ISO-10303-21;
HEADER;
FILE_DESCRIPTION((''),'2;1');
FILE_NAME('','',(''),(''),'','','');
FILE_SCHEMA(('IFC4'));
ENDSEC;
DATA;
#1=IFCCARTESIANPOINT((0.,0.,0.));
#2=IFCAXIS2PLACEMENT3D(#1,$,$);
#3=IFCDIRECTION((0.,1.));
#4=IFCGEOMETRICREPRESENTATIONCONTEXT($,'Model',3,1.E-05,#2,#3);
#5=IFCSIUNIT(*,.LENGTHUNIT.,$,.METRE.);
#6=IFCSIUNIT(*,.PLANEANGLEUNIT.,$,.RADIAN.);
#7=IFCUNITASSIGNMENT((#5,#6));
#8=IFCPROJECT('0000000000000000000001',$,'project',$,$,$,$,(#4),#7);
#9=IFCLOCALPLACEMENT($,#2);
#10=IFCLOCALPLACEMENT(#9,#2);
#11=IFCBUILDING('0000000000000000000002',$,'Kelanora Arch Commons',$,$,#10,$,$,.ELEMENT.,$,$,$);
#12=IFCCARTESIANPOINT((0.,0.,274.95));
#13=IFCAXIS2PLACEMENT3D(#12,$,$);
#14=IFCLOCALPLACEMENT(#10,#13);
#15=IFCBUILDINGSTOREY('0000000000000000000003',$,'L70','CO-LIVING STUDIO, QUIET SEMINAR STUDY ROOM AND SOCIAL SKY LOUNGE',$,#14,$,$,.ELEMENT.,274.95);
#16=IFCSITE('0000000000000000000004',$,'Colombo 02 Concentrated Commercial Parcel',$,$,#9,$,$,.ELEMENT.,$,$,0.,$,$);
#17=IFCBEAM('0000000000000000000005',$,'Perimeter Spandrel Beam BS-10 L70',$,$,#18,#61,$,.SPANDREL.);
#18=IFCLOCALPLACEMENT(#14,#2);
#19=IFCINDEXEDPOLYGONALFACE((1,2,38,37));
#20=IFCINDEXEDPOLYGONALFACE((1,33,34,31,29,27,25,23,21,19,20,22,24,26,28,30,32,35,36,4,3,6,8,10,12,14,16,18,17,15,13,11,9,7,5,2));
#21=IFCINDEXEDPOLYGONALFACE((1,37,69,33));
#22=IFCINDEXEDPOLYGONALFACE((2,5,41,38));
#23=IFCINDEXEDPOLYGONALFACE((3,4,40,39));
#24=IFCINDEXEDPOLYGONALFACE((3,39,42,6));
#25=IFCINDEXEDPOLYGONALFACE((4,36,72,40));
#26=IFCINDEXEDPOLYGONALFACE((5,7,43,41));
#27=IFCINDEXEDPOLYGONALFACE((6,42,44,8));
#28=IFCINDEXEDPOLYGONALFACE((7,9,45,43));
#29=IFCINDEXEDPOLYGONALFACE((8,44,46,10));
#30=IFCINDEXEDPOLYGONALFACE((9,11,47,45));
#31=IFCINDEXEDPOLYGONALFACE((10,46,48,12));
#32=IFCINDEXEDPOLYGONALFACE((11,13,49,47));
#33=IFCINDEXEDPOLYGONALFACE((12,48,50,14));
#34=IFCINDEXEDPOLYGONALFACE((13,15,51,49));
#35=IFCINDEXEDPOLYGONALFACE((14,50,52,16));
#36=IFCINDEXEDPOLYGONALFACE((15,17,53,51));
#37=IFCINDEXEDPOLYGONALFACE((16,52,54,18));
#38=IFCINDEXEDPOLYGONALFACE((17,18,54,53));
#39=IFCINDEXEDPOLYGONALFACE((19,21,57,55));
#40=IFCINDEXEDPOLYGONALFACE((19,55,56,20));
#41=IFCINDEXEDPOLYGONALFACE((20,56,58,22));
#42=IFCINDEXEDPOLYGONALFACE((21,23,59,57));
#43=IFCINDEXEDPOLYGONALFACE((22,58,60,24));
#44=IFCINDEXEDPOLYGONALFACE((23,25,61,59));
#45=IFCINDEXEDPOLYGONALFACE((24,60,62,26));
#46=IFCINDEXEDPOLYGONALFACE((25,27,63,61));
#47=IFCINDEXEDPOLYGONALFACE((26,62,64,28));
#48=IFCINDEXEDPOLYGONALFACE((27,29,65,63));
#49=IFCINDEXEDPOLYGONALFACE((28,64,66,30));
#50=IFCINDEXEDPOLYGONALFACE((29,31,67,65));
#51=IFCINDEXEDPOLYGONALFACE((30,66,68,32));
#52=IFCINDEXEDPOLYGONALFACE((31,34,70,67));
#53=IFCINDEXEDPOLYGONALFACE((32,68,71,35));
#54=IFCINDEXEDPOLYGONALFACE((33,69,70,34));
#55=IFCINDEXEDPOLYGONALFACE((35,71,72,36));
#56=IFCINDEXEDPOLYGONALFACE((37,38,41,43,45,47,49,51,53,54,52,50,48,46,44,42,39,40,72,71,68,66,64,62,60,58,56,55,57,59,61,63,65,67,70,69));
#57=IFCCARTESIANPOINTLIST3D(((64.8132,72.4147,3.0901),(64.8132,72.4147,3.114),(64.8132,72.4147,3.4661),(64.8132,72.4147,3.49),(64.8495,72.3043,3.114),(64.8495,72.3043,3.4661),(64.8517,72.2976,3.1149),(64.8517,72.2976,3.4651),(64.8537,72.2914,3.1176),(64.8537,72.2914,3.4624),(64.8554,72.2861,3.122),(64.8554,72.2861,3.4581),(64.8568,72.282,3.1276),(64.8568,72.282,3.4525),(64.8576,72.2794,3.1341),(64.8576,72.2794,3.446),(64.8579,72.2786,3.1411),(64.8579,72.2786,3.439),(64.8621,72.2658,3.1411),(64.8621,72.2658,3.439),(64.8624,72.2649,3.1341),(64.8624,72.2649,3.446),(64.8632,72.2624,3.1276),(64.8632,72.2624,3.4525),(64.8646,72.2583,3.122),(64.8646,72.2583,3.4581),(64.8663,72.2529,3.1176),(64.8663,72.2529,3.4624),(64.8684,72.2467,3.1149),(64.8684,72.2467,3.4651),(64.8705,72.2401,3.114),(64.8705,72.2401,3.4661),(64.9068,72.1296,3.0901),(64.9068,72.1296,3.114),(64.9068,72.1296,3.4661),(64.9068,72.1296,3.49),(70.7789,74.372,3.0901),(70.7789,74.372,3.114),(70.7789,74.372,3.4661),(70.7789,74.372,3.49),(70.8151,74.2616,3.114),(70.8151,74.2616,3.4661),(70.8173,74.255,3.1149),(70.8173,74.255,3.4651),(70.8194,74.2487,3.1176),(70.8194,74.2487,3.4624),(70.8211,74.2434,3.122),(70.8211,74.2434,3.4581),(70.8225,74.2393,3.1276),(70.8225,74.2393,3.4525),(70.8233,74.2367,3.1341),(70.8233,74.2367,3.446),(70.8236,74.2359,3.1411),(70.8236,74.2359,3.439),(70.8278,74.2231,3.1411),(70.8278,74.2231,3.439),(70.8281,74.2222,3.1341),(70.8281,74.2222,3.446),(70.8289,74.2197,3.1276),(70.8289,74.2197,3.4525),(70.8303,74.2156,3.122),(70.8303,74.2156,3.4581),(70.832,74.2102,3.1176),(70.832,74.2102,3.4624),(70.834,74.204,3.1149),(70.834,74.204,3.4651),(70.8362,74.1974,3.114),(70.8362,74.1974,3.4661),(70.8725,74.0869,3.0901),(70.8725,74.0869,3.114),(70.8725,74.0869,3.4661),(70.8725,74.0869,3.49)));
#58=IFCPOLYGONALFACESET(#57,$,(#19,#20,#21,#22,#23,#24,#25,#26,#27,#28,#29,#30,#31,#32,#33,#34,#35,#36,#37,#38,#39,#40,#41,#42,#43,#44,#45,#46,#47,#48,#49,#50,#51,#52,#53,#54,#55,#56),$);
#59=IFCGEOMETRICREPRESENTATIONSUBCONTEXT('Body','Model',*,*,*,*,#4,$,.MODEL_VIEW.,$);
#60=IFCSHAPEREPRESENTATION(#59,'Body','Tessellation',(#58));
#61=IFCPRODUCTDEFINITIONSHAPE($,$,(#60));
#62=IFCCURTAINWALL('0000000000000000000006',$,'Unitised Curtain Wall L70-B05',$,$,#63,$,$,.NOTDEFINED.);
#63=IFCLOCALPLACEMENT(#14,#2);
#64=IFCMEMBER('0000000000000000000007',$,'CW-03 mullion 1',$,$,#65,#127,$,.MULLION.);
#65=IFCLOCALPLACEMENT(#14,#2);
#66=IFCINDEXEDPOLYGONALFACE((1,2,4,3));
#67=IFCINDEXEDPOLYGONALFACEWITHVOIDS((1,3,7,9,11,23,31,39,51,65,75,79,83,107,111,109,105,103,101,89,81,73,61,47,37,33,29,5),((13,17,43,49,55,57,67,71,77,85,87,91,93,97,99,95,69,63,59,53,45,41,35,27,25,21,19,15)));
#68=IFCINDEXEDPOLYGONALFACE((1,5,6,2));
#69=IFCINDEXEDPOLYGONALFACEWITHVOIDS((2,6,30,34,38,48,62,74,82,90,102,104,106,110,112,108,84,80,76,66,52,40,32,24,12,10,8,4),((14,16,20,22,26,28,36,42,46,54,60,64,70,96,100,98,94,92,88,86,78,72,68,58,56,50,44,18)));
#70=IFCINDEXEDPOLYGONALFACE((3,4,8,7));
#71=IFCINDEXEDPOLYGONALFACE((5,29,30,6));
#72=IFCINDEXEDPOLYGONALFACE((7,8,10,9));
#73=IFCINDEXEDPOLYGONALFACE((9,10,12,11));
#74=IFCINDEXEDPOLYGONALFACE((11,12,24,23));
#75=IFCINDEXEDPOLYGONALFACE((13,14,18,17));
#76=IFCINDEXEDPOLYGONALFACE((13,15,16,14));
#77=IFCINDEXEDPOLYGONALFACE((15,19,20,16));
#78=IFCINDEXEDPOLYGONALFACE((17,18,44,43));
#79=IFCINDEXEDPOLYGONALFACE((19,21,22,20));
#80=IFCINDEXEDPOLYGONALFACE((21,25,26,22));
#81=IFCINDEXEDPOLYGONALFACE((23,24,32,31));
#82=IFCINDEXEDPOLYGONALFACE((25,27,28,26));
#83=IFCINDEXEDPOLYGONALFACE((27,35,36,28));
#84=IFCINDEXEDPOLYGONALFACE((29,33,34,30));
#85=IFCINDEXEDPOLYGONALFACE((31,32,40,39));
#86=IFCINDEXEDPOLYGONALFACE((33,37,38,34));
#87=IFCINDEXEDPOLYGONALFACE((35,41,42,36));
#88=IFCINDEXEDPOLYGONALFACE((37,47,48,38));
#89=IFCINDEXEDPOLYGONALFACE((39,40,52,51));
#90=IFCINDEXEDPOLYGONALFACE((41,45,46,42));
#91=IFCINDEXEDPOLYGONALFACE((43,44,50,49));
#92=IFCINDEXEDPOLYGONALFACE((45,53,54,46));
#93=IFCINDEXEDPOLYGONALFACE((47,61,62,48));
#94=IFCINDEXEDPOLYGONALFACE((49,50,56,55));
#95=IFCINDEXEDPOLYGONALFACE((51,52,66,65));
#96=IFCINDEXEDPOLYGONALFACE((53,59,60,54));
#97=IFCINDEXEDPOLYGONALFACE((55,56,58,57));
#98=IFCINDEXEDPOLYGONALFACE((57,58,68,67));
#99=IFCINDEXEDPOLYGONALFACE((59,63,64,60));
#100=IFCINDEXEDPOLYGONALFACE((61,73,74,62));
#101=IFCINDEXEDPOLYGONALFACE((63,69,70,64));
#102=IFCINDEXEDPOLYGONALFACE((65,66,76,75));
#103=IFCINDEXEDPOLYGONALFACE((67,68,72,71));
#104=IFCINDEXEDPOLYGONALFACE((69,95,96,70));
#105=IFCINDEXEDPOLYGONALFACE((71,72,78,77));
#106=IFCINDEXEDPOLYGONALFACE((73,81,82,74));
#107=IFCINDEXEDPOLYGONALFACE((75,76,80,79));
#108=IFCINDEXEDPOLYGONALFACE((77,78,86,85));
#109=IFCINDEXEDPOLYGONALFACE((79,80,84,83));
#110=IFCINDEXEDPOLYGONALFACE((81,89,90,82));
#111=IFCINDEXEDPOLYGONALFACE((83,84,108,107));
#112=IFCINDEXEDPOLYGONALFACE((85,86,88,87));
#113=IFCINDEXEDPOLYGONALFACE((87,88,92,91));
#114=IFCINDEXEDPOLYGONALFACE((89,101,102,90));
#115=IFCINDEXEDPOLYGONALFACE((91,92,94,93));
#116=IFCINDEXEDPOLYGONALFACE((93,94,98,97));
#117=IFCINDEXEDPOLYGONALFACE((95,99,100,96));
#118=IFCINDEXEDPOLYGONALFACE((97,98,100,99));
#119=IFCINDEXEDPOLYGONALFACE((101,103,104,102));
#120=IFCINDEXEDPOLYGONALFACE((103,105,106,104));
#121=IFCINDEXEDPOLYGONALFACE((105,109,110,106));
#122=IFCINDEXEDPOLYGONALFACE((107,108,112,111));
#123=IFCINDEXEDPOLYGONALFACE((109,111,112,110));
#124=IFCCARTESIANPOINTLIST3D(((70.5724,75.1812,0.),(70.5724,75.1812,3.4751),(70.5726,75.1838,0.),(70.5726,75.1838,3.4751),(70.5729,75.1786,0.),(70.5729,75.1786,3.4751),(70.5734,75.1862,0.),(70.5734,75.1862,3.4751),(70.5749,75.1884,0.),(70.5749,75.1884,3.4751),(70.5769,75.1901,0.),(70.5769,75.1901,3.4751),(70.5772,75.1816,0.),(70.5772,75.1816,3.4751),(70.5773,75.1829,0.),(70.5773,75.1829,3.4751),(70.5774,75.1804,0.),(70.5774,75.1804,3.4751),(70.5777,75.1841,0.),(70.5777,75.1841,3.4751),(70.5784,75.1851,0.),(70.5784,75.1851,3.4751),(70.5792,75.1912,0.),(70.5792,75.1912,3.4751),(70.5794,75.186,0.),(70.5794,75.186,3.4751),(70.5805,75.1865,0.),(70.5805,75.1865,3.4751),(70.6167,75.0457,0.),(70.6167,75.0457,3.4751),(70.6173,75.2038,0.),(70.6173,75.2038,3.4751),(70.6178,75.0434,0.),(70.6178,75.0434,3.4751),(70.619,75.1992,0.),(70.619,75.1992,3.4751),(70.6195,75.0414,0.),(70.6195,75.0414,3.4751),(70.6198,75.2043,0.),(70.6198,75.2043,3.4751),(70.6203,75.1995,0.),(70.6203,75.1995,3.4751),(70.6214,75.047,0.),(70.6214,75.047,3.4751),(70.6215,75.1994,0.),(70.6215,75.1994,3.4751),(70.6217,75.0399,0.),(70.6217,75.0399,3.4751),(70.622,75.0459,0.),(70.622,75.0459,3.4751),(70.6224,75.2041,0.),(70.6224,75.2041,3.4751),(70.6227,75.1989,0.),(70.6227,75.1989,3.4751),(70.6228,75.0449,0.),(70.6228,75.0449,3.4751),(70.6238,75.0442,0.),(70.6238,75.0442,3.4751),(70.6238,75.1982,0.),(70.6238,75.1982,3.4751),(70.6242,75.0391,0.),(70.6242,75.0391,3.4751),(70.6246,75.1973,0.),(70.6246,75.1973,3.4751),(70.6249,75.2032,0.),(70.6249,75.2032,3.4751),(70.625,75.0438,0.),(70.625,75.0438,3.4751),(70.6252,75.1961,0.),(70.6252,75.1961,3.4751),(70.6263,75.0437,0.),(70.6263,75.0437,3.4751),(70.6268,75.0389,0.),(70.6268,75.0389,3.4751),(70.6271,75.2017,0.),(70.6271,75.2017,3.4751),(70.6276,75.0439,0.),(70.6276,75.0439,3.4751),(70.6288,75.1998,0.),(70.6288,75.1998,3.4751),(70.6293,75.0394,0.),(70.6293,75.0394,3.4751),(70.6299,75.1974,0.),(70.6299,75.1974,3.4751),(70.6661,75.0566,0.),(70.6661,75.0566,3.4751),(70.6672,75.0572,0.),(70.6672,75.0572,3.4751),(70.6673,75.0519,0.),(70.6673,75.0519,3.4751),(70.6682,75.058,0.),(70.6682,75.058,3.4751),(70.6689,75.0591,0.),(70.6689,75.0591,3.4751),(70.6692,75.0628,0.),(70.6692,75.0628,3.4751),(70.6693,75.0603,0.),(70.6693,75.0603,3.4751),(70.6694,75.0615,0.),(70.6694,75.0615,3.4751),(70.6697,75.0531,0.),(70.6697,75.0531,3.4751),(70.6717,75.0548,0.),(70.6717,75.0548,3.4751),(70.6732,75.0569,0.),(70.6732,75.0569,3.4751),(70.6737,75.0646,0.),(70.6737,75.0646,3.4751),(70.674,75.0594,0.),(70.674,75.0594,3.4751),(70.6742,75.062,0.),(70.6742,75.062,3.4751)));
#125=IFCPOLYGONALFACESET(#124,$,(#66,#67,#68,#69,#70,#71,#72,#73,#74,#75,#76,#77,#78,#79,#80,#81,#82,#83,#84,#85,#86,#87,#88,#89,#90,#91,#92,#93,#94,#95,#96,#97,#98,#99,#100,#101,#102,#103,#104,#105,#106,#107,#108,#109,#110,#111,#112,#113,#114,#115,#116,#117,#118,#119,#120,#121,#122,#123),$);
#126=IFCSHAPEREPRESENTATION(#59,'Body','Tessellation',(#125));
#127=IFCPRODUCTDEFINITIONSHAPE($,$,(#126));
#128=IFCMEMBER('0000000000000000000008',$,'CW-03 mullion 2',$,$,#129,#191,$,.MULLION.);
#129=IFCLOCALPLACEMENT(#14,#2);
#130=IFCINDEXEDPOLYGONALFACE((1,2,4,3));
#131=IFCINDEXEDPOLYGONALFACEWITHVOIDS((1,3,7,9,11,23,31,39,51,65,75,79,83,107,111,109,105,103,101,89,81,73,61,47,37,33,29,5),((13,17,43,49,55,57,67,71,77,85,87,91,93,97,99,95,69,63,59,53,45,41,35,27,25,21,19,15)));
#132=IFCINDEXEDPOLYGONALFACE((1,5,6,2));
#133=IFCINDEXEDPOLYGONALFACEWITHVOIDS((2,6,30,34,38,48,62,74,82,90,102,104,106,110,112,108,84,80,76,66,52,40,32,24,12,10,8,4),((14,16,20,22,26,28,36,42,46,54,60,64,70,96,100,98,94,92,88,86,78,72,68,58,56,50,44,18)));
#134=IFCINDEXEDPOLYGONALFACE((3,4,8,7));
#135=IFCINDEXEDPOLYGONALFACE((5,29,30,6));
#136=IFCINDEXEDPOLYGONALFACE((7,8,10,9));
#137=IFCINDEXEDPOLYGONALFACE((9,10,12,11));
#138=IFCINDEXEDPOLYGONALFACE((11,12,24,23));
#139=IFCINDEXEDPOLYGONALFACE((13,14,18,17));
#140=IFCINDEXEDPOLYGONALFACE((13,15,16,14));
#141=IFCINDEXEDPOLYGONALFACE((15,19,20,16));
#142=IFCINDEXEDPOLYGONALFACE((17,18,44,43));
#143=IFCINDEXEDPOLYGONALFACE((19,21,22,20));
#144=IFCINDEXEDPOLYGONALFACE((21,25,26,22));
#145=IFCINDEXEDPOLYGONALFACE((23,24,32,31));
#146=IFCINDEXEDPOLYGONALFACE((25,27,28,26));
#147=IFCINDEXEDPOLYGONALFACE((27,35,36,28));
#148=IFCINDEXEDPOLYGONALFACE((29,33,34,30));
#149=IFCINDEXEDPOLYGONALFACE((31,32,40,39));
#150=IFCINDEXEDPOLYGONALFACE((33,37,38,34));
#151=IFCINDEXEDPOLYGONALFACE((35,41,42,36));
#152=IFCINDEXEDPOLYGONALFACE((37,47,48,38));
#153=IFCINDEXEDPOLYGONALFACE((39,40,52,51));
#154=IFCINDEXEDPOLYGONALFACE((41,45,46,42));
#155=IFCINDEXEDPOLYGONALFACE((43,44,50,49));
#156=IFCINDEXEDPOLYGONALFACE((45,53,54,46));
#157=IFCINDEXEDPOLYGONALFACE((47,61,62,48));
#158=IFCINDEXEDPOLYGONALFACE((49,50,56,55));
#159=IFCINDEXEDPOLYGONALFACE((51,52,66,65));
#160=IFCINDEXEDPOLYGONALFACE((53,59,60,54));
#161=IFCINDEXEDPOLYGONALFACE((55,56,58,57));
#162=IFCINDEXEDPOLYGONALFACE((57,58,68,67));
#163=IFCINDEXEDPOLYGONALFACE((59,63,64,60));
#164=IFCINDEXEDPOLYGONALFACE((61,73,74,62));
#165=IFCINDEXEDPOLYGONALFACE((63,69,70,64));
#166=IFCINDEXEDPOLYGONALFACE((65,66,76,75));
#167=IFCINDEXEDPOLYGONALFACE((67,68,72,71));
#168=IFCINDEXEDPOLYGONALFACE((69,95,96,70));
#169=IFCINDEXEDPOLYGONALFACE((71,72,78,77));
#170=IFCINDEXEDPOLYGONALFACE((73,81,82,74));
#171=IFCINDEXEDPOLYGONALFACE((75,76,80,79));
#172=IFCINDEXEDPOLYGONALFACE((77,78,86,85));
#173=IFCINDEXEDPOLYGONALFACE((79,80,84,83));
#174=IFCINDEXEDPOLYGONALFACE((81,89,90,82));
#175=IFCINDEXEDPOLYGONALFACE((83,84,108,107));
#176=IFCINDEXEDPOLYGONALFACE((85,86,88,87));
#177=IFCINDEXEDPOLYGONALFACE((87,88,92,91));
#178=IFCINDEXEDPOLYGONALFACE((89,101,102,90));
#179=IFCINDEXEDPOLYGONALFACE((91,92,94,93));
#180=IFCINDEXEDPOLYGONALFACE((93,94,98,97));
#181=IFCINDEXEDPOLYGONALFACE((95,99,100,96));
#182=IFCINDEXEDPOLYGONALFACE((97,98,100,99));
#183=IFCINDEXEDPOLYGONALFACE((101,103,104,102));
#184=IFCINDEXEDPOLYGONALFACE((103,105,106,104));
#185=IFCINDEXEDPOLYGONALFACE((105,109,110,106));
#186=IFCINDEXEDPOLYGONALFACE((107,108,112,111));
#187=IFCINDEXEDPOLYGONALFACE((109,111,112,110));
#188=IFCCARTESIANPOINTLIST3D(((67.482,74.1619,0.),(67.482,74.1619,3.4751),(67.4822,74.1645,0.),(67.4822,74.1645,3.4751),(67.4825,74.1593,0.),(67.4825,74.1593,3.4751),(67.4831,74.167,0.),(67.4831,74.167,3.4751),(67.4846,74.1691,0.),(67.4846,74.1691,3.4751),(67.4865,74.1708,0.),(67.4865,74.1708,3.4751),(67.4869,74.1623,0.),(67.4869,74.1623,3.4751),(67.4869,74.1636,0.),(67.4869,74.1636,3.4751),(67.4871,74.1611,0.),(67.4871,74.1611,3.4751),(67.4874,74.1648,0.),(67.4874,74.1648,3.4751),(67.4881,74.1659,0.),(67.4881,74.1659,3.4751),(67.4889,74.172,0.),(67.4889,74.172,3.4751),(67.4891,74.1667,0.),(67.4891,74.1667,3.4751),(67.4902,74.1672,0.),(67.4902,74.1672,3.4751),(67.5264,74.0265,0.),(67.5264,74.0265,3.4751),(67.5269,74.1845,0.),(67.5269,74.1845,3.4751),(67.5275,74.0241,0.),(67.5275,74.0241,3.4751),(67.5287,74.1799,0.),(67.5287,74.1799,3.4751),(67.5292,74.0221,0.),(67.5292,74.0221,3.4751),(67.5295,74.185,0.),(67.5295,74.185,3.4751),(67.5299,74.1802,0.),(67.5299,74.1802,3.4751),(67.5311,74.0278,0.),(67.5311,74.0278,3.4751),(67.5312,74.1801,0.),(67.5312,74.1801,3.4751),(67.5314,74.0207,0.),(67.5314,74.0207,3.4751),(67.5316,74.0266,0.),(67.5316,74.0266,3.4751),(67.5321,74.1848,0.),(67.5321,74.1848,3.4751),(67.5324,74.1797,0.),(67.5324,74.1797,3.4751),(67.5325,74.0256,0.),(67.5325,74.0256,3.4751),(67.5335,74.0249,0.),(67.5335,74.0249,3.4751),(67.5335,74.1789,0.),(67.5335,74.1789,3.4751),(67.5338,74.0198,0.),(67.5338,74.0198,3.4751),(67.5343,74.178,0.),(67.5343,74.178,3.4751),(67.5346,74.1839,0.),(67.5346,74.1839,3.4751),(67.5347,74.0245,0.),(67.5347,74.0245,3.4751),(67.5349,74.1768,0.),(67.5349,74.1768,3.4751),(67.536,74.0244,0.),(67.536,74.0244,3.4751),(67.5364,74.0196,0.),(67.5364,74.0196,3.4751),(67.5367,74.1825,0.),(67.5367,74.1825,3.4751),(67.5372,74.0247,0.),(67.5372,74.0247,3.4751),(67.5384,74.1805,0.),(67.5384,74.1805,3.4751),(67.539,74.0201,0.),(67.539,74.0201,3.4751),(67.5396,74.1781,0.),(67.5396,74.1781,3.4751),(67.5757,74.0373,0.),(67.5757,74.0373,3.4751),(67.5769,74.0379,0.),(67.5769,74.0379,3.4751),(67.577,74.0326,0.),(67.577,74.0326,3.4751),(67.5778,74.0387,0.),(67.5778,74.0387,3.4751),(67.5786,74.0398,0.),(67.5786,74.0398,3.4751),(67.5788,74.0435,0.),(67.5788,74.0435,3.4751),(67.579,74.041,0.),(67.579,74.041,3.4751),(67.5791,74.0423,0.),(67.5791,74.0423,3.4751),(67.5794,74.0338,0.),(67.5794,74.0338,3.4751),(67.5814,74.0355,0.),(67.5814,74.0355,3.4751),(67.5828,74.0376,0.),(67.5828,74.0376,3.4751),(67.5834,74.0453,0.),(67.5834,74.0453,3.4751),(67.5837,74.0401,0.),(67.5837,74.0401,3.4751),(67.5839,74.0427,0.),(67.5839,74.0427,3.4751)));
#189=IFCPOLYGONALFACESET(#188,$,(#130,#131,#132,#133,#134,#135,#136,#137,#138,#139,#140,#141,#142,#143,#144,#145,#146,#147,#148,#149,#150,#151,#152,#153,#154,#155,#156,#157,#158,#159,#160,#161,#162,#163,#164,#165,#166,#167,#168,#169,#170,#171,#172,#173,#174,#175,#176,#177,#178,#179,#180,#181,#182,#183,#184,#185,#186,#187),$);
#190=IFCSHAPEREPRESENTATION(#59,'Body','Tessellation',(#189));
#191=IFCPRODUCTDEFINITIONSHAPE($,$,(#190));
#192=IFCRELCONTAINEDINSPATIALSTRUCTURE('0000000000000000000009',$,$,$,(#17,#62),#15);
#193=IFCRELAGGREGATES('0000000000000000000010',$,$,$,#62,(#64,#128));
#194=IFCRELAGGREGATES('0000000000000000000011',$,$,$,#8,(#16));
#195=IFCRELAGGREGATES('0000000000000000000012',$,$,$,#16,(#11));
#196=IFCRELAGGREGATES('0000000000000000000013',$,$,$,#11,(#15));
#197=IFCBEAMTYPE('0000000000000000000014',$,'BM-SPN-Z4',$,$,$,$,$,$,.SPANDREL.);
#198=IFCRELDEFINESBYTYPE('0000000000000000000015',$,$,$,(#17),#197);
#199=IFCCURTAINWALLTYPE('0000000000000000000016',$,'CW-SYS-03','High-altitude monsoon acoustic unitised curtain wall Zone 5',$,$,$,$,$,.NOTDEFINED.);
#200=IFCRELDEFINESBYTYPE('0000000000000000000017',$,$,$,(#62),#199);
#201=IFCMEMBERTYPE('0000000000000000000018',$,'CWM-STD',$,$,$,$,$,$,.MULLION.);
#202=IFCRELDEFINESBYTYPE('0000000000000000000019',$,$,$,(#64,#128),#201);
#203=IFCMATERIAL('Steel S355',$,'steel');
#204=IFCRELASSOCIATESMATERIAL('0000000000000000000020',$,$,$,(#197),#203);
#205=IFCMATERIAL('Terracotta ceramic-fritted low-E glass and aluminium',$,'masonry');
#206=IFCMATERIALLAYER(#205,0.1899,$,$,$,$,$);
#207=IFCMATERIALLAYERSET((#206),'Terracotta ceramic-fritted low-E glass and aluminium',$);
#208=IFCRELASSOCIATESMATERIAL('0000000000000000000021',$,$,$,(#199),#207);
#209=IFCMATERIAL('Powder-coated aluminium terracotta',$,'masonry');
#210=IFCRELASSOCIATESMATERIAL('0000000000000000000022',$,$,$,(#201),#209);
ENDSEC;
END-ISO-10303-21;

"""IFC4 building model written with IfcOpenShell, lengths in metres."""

from ifc_helpers import new_model, si_unit, direction, frame, origin, origin_2d, place, context, subcontext, project, spatial, hollow_rectangle, i_section, extrude, material, layer, layer_set, material_profile, profile_set, type_object, element, aggregate, save


model = new_model("IFC4")

# Units and contexts
model_context = context("Model", 3, precision=1e-05, world=origin(), true_north=direction((0.0, 1.0)))
body_context = subcontext(model_context, "Body", "Model", "MODEL_VIEW")
ifc_project = project(units=[si_unit("LENGTHUNIT", "METRE"), si_unit("PLANEANGLEUNIT", "RADIAN")], contexts=[model_context])

# Site, building, storey
site_placement = place(None, origin())
site = spatial("IfcSite", under=ifc_project, at=site_placement, Name="Colombo 02 Concentrated Commercial Parcel", CompositionType="ELEMENT", RefElevation=0.0)
building_placement = place(site_placement, origin())
building = spatial("IfcBuilding", under=site, at=building_placement, Name="Kelanora Arch Commons", CompositionType="ELEMENT")
storey_placement = place(building_placement, frame((0.0, 0.0, 274.95)))
storey = spatial("IfcBuildingStorey", under=building, at=storey_placement, Name="L70", Description="CO-LIVING STUDIO, QUIET SEMINAR STUDY ROOM AND SOCIAL SKY LOUNGE", CompositionType="ELEMENT", Elevation=274.95)

# Beam
ifc_material_1 = material(Name="Steel S355", Category="steel")
ifc_material_profile_1 = material_profile(ifc_material_1, i_section(OverallWidth=0.3, OverallDepth=0.3999, WebThickness=0.0134, FlangeThickness=0.0239, FilletRadius=0.0271, at=origin_2d()), Name="HEB400")
ifc_profile_set_1 = profile_set([ifc_material_profile_1], Name="Steel S355")
beam_type_1 = type_object("IfcBeamType", Name="BM-SPN-Z4", PredefinedType="SPANDREL", material=ifc_profile_set_1)
beam_1_placement = place(storey_placement, frame((70.8257, 74.2295, 3.29), z_axis=(-0.950166, -0.311745, 0.0), x_axis=(0.311745, -0.950166, 0.0)))
element("IfcBeam", 1, at=beam_1_placement, inside=storey, type_object=beam_type_1, Name="Perimeter Spandrel Beam BS-10 L70", PredefinedType="SPANDREL", context=body_context, shape_type="SweptSolid", body=[
    extrude(i_section(OverallWidth=0.3, OverallDepth=0.3999, WebThickness=0.0134, FlangeThickness=0.0239, FilletRadius=0.0271, at=origin_2d()), origin(), (0.0, 0.0, 1.0), 6.2786),
])

# Curtain wall, members
ifc_material_2 = material(Name="Terracotta ceramic-fritted low-E glass and aluminium", Category="masonry")
ifc_layer_1 = layer(ifc_material_2, 0.1899)
ifc_layer_set_1 = layer_set([ifc_layer_1], Name="Terracotta ceramic-fritted low-E glass and aluminium")
curtain_wall_type = type_object("IfcCurtainWallType", Name="CW-SYS-03", Description="High-altitude monsoon acoustic unitised curtain wall Zone 5", PredefinedType="NOTDEFINED", material=ifc_layer_set_1)
curtain_wall_placement = place(storey_placement, origin())
curtain_wall = element("IfcCurtainWall", 2, at=curtain_wall_placement, inside=storey, type_object=curtain_wall_type, Name="Unitised Curtain Wall L70-B05", PredefinedType="NOTDEFINED")
ifc_material_3 = material(Name="Powder-coated aluminium terracotta", Category="masonry")
ifc_material_profile_2 = material_profile(ifc_material_3, hollow_rectangle(XDim=0.1599, YDim=0.0601, WallThickness=0.0049, InnerFilletRadius=0.0049, OuterFilletRadius=0.01, at=origin_2d()), Name="CWM160x60")
ifc_profile_set_2 = profile_set([ifc_material_profile_2], Name="Powder-coated aluminium terracotta")
member_type_1 = type_object("IfcMemberType", Name="CWM-STD", PredefinedType="MULLION", material=ifc_profile_set_2)
member_1_placement = place(storey_placement, frame((70.6233, 75.1216, 0.0), z_axis=(0.0, 0.0, 1.0), x_axis=(0.313253, -0.94967, 0.0)))
member_1 = element("IfcMember", 3, at=member_1_placement, type_object=member_type_1, Name="CW-03 mullion 1", PredefinedType="MULLION", context=body_context, shape_type="SweptSolid", body=[
    extrude(hollow_rectangle(XDim=0.1599, YDim=0.0601, WallThickness=0.0049, InnerFilletRadius=0.0049, OuterFilletRadius=0.01, at=origin_2d()), origin(), (0.0, 0.0, 1.0), 3.4751),
])
member_2_placement = place(storey_placement, frame((67.533, 74.1023, 0.0), z_axis=(0.0, 0.0, 1.0), x_axis=(0.313253, -0.94967, 0.0)))
member_2 = element("IfcMember", 4, at=member_2_placement, type_object=member_type_1, Name="CW-03 mullion 2", PredefinedType="MULLION", context=body_context, shape_type="SweptSolid", body=[
    extrude(hollow_rectangle(XDim=0.1599, YDim=0.0601, WallThickness=0.0049, InnerFilletRadius=0.0049, OuterFilletRadius=0.01, at=origin_2d()), origin(), (0.0, 0.0, 1.0), 3.4751),
])
aggregate(curtain_wall, [member_1, member_2])

save(model, "model.ifc")
